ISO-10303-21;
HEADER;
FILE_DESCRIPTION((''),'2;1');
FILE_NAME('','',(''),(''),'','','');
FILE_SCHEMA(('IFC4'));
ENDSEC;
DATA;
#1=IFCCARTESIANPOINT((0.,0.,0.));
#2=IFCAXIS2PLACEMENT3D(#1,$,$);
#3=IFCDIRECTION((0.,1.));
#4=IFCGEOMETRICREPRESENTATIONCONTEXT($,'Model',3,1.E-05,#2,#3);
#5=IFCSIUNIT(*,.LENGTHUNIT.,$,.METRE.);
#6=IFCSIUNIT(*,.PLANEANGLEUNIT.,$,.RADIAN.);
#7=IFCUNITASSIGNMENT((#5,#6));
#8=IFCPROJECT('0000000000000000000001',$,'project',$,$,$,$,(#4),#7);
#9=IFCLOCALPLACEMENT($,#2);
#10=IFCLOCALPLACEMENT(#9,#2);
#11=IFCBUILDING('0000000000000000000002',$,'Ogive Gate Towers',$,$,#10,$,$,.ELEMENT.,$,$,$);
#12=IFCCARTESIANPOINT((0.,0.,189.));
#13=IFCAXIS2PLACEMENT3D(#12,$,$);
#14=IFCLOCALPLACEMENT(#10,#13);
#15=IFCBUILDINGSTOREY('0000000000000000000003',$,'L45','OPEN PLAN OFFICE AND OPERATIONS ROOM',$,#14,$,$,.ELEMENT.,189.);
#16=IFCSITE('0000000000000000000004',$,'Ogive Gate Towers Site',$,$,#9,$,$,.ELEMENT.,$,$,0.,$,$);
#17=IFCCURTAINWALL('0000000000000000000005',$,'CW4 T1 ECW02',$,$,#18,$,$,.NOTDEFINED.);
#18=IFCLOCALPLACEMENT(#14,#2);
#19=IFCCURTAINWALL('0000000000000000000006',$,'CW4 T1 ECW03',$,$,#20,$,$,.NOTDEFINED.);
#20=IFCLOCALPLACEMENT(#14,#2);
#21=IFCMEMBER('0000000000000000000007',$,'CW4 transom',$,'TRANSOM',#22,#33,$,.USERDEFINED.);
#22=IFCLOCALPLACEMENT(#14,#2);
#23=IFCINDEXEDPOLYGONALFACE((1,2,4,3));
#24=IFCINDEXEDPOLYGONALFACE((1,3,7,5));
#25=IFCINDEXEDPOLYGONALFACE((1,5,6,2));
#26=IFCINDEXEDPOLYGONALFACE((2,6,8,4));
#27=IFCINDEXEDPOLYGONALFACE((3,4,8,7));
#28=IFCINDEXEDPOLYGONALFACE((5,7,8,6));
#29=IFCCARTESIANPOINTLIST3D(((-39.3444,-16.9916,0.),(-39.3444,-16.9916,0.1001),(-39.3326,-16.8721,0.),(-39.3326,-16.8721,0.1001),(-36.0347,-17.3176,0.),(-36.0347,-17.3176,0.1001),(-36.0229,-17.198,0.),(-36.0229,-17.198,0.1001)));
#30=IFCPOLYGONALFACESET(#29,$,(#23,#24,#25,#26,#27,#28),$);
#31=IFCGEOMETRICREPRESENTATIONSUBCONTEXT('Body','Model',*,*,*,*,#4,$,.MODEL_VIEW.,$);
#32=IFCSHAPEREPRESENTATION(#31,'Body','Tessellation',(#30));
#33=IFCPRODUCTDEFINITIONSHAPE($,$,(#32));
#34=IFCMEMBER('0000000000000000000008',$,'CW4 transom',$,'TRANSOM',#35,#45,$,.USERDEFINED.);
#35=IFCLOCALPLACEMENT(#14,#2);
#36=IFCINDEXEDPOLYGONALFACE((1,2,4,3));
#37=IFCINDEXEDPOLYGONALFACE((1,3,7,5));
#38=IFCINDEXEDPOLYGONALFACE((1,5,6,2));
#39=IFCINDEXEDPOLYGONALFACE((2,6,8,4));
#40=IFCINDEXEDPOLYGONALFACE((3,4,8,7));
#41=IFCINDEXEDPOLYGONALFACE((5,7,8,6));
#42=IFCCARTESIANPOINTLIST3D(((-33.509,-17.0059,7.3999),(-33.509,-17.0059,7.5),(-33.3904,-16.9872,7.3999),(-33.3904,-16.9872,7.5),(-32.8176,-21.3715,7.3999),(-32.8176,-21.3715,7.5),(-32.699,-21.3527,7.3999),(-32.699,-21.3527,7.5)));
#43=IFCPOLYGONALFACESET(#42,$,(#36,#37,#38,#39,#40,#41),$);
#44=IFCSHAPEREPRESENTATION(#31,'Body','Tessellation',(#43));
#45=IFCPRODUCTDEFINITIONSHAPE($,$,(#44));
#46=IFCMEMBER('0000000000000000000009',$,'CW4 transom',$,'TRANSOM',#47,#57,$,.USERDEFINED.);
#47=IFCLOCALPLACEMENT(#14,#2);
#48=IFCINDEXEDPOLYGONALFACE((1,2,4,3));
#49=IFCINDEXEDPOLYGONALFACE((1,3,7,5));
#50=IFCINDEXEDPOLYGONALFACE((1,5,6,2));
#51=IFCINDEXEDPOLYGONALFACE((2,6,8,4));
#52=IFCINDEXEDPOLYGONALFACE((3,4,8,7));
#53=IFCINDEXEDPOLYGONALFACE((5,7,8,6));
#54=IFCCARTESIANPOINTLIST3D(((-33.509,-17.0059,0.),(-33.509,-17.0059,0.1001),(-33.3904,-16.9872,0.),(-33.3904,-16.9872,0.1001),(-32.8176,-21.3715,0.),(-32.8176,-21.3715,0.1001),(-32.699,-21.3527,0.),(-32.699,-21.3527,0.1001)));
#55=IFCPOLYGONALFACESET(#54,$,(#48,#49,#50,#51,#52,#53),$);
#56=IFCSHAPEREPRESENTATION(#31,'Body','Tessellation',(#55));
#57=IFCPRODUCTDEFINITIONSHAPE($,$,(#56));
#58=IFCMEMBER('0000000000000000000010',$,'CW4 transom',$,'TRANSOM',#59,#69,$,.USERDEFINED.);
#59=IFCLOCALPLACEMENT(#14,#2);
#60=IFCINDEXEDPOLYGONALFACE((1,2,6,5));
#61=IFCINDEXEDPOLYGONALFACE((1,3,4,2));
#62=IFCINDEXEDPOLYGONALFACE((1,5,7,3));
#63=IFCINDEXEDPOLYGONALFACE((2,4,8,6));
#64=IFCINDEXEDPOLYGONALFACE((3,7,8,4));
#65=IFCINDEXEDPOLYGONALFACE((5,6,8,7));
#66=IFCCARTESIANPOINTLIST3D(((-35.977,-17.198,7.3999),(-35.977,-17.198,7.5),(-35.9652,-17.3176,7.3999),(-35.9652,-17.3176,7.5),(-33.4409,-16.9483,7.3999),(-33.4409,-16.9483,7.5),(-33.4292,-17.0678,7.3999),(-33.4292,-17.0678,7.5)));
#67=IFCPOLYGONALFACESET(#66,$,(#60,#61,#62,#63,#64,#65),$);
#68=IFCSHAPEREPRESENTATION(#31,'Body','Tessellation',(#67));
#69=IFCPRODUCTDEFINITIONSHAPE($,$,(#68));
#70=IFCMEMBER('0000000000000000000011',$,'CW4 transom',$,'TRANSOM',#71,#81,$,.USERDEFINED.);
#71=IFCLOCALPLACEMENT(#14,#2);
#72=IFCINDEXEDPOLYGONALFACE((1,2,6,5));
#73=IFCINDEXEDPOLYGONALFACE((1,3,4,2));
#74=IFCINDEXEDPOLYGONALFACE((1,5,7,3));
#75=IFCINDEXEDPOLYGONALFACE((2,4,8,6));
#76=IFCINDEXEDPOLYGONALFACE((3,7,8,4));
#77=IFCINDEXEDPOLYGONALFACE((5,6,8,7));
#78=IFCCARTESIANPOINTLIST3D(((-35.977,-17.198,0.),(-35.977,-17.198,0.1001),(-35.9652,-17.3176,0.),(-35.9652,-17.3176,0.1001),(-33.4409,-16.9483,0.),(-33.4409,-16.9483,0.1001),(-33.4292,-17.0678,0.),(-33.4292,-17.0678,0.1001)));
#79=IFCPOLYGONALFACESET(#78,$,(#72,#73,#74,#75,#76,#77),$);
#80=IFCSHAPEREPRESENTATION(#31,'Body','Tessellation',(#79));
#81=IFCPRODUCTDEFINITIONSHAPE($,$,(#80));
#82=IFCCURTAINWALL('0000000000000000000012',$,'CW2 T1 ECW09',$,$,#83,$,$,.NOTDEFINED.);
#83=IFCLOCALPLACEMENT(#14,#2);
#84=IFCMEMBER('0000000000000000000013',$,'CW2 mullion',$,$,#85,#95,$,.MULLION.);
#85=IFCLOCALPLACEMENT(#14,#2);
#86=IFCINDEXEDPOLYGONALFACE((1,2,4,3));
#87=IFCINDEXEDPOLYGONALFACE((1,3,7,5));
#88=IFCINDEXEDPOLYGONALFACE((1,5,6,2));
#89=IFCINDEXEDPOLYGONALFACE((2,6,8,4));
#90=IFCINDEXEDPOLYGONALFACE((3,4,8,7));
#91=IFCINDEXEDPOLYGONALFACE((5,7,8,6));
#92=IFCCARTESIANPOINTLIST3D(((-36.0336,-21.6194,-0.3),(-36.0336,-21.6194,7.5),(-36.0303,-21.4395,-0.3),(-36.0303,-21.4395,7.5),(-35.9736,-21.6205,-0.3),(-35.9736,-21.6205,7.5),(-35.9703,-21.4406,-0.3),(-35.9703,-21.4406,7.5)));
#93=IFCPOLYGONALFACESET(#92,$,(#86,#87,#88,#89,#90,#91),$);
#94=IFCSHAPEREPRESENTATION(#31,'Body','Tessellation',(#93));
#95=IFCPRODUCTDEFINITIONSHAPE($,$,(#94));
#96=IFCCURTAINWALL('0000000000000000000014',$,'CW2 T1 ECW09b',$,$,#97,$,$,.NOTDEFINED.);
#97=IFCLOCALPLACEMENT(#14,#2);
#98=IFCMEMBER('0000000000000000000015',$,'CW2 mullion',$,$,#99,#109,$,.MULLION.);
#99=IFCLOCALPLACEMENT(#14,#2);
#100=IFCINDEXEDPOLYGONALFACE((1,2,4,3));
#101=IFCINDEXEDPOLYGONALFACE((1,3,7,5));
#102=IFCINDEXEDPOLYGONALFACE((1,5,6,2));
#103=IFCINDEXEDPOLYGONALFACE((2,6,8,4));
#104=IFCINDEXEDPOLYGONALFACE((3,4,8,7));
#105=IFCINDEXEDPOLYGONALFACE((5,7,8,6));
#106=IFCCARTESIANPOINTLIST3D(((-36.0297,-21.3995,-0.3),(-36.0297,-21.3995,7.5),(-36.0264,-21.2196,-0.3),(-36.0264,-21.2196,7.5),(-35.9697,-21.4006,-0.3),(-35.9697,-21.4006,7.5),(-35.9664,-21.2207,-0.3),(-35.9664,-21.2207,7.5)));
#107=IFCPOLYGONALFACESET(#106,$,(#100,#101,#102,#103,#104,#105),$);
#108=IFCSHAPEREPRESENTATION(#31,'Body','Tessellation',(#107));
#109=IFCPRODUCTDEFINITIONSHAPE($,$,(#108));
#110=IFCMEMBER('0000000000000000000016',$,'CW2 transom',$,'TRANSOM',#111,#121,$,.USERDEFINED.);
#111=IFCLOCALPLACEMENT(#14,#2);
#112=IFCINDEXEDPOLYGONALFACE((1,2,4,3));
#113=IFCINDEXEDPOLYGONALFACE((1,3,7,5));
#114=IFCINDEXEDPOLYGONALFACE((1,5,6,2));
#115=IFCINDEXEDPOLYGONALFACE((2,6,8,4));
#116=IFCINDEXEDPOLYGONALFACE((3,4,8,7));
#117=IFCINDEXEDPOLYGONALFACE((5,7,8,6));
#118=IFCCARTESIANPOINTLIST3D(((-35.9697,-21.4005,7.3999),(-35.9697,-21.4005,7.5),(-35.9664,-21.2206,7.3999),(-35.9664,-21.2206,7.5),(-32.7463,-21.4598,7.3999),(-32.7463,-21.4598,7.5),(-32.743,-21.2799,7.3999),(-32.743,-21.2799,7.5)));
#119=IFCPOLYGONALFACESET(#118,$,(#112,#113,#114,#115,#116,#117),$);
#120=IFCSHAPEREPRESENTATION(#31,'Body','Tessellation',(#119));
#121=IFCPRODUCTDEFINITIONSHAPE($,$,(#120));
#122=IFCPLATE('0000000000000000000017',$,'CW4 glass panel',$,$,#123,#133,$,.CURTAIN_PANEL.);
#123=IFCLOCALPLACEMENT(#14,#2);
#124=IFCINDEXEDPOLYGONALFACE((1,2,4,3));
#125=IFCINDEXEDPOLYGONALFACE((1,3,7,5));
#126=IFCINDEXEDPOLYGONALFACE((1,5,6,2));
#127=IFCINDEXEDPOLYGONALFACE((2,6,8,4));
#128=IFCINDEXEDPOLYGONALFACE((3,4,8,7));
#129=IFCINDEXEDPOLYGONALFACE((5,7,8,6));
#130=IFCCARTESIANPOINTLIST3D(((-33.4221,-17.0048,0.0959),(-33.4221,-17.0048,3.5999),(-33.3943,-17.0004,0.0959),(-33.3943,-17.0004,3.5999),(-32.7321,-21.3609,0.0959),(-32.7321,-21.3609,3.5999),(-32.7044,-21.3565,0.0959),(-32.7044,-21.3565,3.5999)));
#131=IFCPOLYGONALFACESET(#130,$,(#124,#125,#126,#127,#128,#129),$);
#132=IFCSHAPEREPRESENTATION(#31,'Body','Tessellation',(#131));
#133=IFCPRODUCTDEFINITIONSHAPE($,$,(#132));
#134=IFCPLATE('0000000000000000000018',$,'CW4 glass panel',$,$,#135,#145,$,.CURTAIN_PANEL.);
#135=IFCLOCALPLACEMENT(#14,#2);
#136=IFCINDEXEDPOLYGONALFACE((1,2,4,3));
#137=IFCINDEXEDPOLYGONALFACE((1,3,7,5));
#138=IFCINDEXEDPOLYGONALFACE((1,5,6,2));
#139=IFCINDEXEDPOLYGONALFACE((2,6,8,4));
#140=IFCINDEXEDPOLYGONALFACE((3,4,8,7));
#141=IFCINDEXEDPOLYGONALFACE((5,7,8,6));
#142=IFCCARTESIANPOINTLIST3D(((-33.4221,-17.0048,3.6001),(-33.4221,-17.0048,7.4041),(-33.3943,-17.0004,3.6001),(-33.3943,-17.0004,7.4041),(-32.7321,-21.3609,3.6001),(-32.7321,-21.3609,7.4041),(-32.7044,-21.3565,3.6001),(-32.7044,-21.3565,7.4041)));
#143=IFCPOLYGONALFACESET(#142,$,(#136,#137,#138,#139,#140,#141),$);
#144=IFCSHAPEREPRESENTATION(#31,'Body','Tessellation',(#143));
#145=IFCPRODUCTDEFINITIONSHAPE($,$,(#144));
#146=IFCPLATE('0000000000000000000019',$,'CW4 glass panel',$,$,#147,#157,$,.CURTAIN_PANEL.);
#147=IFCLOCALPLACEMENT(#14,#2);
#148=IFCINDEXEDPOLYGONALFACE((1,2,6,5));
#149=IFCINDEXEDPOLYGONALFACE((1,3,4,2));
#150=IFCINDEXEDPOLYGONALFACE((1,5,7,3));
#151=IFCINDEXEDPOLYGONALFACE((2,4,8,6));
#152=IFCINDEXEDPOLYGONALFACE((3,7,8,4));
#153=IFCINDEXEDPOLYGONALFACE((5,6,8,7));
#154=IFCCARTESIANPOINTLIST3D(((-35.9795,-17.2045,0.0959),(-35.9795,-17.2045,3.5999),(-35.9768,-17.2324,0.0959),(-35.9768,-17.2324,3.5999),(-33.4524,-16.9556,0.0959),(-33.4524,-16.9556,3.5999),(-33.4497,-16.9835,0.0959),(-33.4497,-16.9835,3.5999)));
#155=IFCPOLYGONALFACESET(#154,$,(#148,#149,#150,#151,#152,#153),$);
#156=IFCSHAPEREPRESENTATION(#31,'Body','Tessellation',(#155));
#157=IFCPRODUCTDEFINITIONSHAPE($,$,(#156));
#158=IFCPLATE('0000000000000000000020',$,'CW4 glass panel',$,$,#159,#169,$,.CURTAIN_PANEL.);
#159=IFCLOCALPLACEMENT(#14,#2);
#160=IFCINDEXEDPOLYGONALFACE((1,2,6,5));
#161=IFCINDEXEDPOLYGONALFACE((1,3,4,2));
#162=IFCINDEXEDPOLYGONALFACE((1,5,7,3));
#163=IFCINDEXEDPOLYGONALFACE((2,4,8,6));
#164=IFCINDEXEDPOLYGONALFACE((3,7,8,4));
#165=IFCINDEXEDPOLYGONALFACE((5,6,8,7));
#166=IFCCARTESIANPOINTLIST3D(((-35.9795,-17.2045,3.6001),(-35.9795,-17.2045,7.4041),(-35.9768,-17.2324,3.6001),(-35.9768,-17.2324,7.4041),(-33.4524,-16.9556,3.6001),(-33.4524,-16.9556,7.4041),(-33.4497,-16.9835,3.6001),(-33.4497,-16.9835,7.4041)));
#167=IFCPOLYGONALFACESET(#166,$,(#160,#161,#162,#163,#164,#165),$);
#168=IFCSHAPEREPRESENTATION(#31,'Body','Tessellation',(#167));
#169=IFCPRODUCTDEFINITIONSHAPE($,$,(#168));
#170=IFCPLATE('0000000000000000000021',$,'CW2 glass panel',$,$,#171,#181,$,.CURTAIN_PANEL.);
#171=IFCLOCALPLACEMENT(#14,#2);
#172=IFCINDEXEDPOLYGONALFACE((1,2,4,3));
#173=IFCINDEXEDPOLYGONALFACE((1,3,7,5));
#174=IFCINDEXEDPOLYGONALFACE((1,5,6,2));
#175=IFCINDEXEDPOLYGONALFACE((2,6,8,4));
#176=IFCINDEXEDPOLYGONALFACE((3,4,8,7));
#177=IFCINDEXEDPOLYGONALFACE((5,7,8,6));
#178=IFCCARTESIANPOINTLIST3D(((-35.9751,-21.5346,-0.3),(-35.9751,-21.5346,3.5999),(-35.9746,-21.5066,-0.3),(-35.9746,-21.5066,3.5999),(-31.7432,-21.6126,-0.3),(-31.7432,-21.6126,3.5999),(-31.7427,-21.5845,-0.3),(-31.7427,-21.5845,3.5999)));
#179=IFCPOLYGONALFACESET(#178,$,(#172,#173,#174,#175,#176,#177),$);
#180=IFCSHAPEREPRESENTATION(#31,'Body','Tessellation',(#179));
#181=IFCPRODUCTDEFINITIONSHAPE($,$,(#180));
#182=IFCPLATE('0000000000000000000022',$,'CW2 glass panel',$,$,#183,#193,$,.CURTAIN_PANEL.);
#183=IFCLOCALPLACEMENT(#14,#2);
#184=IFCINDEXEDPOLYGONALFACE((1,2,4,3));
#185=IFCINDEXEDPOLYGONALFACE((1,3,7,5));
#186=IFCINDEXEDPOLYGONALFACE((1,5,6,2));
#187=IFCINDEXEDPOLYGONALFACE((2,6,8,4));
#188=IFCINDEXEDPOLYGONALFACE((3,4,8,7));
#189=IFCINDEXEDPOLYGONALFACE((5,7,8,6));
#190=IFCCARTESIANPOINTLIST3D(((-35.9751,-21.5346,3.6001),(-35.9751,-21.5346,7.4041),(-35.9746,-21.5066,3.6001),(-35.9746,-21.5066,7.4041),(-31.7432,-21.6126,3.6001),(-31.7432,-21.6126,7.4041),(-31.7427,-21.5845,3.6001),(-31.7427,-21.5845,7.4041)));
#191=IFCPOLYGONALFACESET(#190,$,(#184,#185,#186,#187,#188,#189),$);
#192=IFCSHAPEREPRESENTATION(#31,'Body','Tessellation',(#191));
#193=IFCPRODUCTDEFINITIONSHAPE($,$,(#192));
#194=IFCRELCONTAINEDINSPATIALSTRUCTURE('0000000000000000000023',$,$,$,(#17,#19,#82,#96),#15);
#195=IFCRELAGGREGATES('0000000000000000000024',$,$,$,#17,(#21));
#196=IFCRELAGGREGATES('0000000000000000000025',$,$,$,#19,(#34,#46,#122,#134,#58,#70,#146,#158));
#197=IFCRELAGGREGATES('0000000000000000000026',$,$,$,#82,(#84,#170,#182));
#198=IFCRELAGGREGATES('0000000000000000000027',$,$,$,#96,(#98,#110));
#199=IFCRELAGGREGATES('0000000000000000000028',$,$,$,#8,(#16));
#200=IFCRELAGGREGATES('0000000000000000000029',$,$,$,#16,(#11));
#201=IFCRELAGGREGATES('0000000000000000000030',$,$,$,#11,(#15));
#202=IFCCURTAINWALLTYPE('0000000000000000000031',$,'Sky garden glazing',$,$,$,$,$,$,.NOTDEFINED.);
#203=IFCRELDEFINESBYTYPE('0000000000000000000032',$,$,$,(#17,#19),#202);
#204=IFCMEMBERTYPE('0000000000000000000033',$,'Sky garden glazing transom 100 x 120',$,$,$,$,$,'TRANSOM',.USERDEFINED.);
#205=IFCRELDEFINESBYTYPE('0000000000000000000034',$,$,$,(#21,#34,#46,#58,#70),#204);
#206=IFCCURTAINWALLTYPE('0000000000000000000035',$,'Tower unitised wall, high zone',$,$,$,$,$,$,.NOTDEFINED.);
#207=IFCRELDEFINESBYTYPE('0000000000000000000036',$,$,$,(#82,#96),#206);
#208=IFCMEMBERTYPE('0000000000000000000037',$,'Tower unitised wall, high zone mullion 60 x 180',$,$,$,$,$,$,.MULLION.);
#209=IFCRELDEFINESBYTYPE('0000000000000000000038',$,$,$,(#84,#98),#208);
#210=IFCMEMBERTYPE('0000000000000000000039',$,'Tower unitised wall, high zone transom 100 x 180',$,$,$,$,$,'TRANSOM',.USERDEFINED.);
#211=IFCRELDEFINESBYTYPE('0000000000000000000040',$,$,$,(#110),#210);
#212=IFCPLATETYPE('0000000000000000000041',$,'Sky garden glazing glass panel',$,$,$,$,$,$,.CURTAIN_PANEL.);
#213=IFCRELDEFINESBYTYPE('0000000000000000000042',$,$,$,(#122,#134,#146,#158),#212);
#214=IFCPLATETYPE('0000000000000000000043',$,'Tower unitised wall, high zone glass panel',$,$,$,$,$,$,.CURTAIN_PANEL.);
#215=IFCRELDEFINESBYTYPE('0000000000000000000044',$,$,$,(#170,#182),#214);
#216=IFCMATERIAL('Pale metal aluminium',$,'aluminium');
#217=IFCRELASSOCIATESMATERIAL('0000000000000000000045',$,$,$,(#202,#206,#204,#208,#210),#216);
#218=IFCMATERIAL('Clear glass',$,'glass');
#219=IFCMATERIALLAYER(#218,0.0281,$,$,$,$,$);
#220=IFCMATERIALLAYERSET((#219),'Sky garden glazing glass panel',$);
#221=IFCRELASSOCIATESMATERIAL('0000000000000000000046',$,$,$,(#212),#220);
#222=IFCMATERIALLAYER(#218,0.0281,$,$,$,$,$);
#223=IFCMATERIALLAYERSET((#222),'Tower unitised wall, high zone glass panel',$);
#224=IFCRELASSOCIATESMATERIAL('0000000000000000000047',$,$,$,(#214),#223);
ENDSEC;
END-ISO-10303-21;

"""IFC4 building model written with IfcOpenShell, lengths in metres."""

from ifc_helpers import new_model, si_unit, direction, frame, origin, origin_2d, place, context, subcontext, project, spatial, rectangle, extrude, material, layer, layer_set, material_profile, profile_set, type_object, element, aggregate, save


model = new_model("IFC4")

# Units and contexts
model_context = context("Model", 3, precision=1e-05, world=origin(), true_north=direction((0.0, 1.0)))
body_context = subcontext(model_context, "Body", "Model", "MODEL_VIEW")
ifc_project = project(units=[si_unit("LENGTHUNIT", "METRE"), si_unit("PLANEANGLEUNIT", "RADIAN")], contexts=[model_context])

# Site, building, storey
site_placement = place(None, origin())
site = spatial("IfcSite", under=ifc_project, at=site_placement, Name="Ogive Gate Towers Site", CompositionType="ELEMENT", RefElevation=0.0)
building_placement = place(site_placement, origin())
building = spatial("IfcBuilding", under=site, at=building_placement, Name="Ogive Gate Towers", CompositionType="ELEMENT")
storey_placement = place(building_placement, frame((0.0, 0.0, 189.0)))
storey = spatial("IfcBuildingStorey", under=building, at=storey_placement, Name="L45", Description="OPEN PLAN OFFICE AND OPERATIONS ROOM", CompositionType="ELEMENT", Elevation=189.0)

# Curtain wall
ifc_material_1 = material(Name="Pale metal aluminium", Category="aluminium")
curtain_wall_type_1 = type_object("IfcCurtainWallType", Name="Sky garden glazing", PredefinedType="NOTDEFINED", material=ifc_material_1)
curtain_wall_1_placement = place(storey_placement, origin())
curtain_wall_1 = element("IfcCurtainWall", 1, at=curtain_wall_1_placement, inside=storey, type_object=curtain_wall_type_1, Name="CW4 T1 ECW02", PredefinedType="NOTDEFINED")

# Curtain wall
curtain_wall_2_placement = place(storey_placement, origin())
curtain_wall_2 = element("IfcCurtainWall", 2, at=curtain_wall_2_placement, inside=storey, type_object=curtain_wall_type_1, Name="CW4 T1 ECW03", PredefinedType="NOTDEFINED")

# Members
ifc_material_profile_1 = material_profile(ifc_material_1, rectangle(XDim=0.1201, YDim=0.1001, at=origin_2d()), Name="100 x 120 aluminium box")
ifc_profile_set_1 = profile_set([ifc_material_profile_1], Name="Pale metal aluminium")
member_type_1 = type_object("IfcMemberType", Name="Sky garden glazing transom 100 x 120", ElementType="TRANSOM", PredefinedType="USERDEFINED", material=ifc_profile_set_1)
member_1_placement = place(storey_placement, frame((-36.0288, -17.2578, 0.05), z_axis=(-0.995186, 0.098006, 0.0), x_axis=(-0.098006, -0.995186, 0.0)))
member_1 = element("IfcMember", 3, at=member_1_placement, type_object=member_type_1, Name="CW4 transom", ObjectType="TRANSOM", PredefinedType="USERDEFINED", context=body_context, shape_type="SweptSolid", body=[
    extrude(rectangle(XDim=0.1201, YDim=0.1001, at=origin_2d()), origin(), (0.0, 0.0, 1.0), 3.3257),
])
aggregate(curtain_wall_1, [member_1])
member_2_placement = place(storey_placement, frame((-32.7583, -21.3621, 7.45), z_axis=(-0.156431, 0.987689, 0.0), x_axis=(-0.987689, -0.156431, 0.0)))
member_2 = element("IfcMember", 4, at=member_2_placement, type_object=member_type_1, Name="CW4 transom", ObjectType="TRANSOM", PredefinedType="USERDEFINED", context=body_context, shape_type="SweptSolid", body=[
    extrude(rectangle(XDim=0.1201, YDim=0.1001, at=origin_2d()), origin(), (0.0, 0.0, 1.0), 4.4199),
])
member_3_placement = place(storey_placement, frame((-32.7583, -21.3621, 0.05), z_axis=(-0.156431, 0.987689, 0.0), x_axis=(-0.987689, -0.156431, 0.0)))
member_3 = element("IfcMember", 5, at=member_3_placement, type_object=member_type_1, Name="CW4 transom", ObjectType="TRANSOM", PredefinedType="USERDEFINED", context=body_context, shape_type="SweptSolid", body=[
    extrude(rectangle(XDim=0.1201, YDim=0.1001, at=origin_2d()), origin(), (0.0, 0.0, 1.0), 4.4199),
])
member_4_placement = place(storey_placement, frame((-33.4351, -17.0081, 7.45), z_axis=(-0.995186, -0.098005, 0.0), x_axis=(0.098005, -0.995186, 0.0)))
member_4 = element("IfcMember", 6, at=member_4_placement, type_object=member_type_1, Name="CW4 transom", ObjectType="TRANSOM", PredefinedType="USERDEFINED", context=body_context, shape_type="SweptSolid", body=[
    extrude(rectangle(XDim=0.1201, YDim=0.1001, at=origin_2d()), origin(), (0.0, 0.0, 1.0), 2.5483),
])
member_5_placement = place(storey_placement, frame((-33.4351, -17.0081, 0.05), z_axis=(-0.995186, -0.098005, 0.0), x_axis=(0.098005, -0.995186, 0.0)))
member_5 = element("IfcMember", 7, at=member_5_placement, type_object=member_type_1, Name="CW4 transom", ObjectType="TRANSOM", PredefinedType="USERDEFINED", context=body_context, shape_type="SweptSolid", body=[
    extrude(rectangle(XDim=0.1201, YDim=0.1001, at=origin_2d()), origin(), (0.0, 0.0, 1.0), 2.5483),
])

# Curtain wall, member
curtain_wall_type_2 = type_object("IfcCurtainWallType", Name="Tower unitised wall, high zone", PredefinedType="NOTDEFINED", material=ifc_material_1)
curtain_wall_3_placement = place(storey_placement, origin())
curtain_wall_3 = element("IfcCurtainWall", 8, at=curtain_wall_3_placement, inside=storey, type_object=curtain_wall_type_2, Name="CW2 T1 ECW09", PredefinedType="NOTDEFINED")
ifc_material_profile_2 = material_profile(ifc_material_1, rectangle(XDim=0.1799, YDim=0.0601, at=origin_2d()), Name="60 x 180 aluminium box")
ifc_profile_set_2 = profile_set([ifc_material_profile_2], Name="Pale metal aluminium")
member_type_2 = type_object("IfcMemberType", Name="Tower unitised wall, high zone mullion 60 x 180", PredefinedType="MULLION", material=ifc_profile_set_2)
member_6_placement = place(storey_placement, frame((-36.002, -21.53, -0.3), z_axis=(0.0, 0.0, 1.0), x_axis=(0.018412, 0.99983, 0.0)))
member_6 = element("IfcMember", 9, at=member_6_placement, type_object=member_type_2, Name="CW2 mullion", PredefinedType="MULLION", context=body_context, shape_type="SweptSolid", body=[
    extrude(rectangle(XDim=0.1799, YDim=0.0601, at=origin_2d()), origin(), (0.0, 0.0, 1.0), 7.8),
])

# Curtain wall, members
curtain_wall_4_placement = place(storey_placement, origin())
curtain_wall_4 = element("IfcCurtainWall", 10, at=curtain_wall_4_placement, inside=storey, type_object=curtain_wall_type_2, Name="CW2 T1 ECW09b", PredefinedType="NOTDEFINED")
member_7_placement = place(storey_placement, frame((-35.998, -21.3101, -0.3), z_axis=(0.0, 0.0, 1.0), x_axis=(-0.01843, -0.99983, 0.0)))
member_7 = element("IfcMember", 11, at=member_7_placement, type_object=member_type_2, Name="CW2 mullion", PredefinedType="MULLION", context=body_context, shape_type="SweptSolid", body=[
    extrude(rectangle(XDim=0.1799, YDim=0.0601, at=origin_2d()), origin(), (0.0, 0.0, 1.0), 7.8),
])
ifc_material_profile_3 = material_profile(ifc_material_1, rectangle(XDim=0.1799, YDim=0.1001, at=origin_2d()), Name="100 x 180 aluminium box")
ifc_profile_set_3 = profile_set([ifc_material_profile_3], Name="Pale metal aluminium")
member_type_3 = type_object("IfcMemberType", Name="Tower unitised wall, high zone transom 100 x 180", ElementType="TRANSOM", PredefinedType="USERDEFINED", material=ifc_profile_set_3)
member_8_placement = place(storey_placement, frame((-35.968, -21.3105, 7.45), z_axis=(0.999831, -0.018402, 0.0), x_axis=(0.018402, 0.999831, 0.0)))
member_8 = element("IfcMember", 12, at=member_8_placement, type_object=member_type_3, Name="CW2 transom", ObjectType="TRANSOM", PredefinedType="USERDEFINED", context=body_context, shape_type="SweptSolid", body=[
    extrude(rectangle(XDim=0.1799, YDim=0.1001, at=origin_2d()), origin(), (0.0, 0.0, 1.0), 3.2239),
])

# Plates
ifc_material_2 = material(Name="Clear glass", Category="glass")
ifc_layer_1 = layer(ifc_material_2, 0.0281)
ifc_layer_set_1 = layer_set([ifc_layer_1], Name="Sky garden glazing glass panel")
plate_type_1 = type_object("IfcPlateType", Name="Sky garden glazing glass panel", PredefinedType="CURTAIN_PANEL", material=ifc_layer_set_1)
plate_1_placement = place(storey_placement, frame((-33.0632, -19.1807, 0.0959), z_axis=(0.0, 0.0, 1.0), x_axis=(-0.156434, 0.987688, 0.0)))
plate_1 = element("IfcPlate", 13, at=plate_1_placement, type_object=plate_type_1, Name="CW4 glass panel", PredefinedType="CURTAIN_PANEL", context=body_context, shape_type="SweptSolid", body=[
    extrude(rectangle(XDim=4.4104, YDim=0.0281, at=origin_2d()), origin(), (0.0, 0.0, 1.0), 3.5039),
])
plate_2_placement = place(storey_placement, frame((-33.0632, -19.1807, 3.6001), z_axis=(0.0, 0.0, 1.0), x_axis=(-0.156434, 0.987688, 0.0)))
plate_2 = element("IfcPlate", 14, at=plate_2_placement, type_object=plate_type_1, Name="CW4 glass panel", PredefinedType="CURTAIN_PANEL", context=body_context, shape_type="SweptSolid", body=[
    extrude(rectangle(XDim=4.4104, YDim=0.0281, at=origin_2d()), origin(), (0.0, 0.0, 1.0), 3.804),
])
plate_3_placement = place(storey_placement, frame((-34.7146, -17.094, 0.0959), z_axis=(0.0, 0.0, 1.0), x_axis=(-0.995185, -0.098017, 0.0)))
plate_3 = element("IfcPlate", 15, at=plate_3_placement, type_object=plate_type_1, Name="CW4 glass panel", PredefinedType="CURTAIN_PANEL", context=body_context, shape_type="SweptSolid", body=[
    extrude(rectangle(XDim=2.5393, YDim=0.0281, at=origin_2d()), origin(), (0.0, 0.0, 1.0), 3.5039),
])
plate_4_placement = place(storey_placement, frame((-34.7146, -17.094, 3.6001), z_axis=(0.0, 0.0, 1.0), x_axis=(-0.995185, -0.098017, 0.0)))
plate_4 = element("IfcPlate", 16, at=plate_4_placement, type_object=plate_type_1, Name="CW4 glass panel", PredefinedType="CURTAIN_PANEL", context=body_context, shape_type="SweptSolid", body=[
    extrude(rectangle(XDim=2.5393, YDim=0.0281, at=origin_2d()), origin(), (0.0, 0.0, 1.0), 3.804),
])
aggregate(curtain_wall_2, [member_2, member_3, plate_1, plate_2, member_4, member_5, plate_3, plate_4])
ifc_layer_2 = layer(ifc_material_2, 0.0281)
ifc_layer_set_2 = layer_set([ifc_layer_2], Name="Tower unitised wall, high zone glass panel")
plate_type_2 = type_object("IfcPlateType", Name="Tower unitised wall, high zone glass panel", PredefinedType="CURTAIN_PANEL", material=ifc_layer_set_2)
plate_5_placement = place(storey_placement, frame((-33.8589, -21.5596, -0.3), z_axis=(0.0, 0.0, 1.0), x_axis=(-0.99983, 0.018412, 0.0)))
plate_5 = element("IfcPlate", 17, at=plate_5_placement, type_object=plate_type_2, Name="CW2 glass panel", PredefinedType="CURTAIN_PANEL", context=body_context, shape_type="SweptSolid", body=[
    extrude(rectangle(XDim=4.2327, YDim=0.0281, at=origin_2d()), origin(), (0.0, 0.0, 1.0), 3.8999),
])
plate_6_placement = place(storey_placement, frame((-33.8589, -21.5596, 3.6001), z_axis=(0.0, 0.0, 1.0), x_axis=(-0.99983, 0.018412, 0.0)))
plate_6 = element("IfcPlate", 18, at=plate_6_placement, type_object=plate_type_2, Name="CW2 glass panel", PredefinedType="CURTAIN_PANEL", context=body_context, shape_type="SweptSolid", body=[
    extrude(rectangle(XDim=4.2327, YDim=0.0281, at=origin_2d()), origin(), (0.0, 0.0, 1.0), 3.804),
])
aggregate(curtain_wall_3, [member_6, plate_5, plate_6])
aggregate(curtain_wall_4, [member_7, member_8])

save(model, "model.ifc")
